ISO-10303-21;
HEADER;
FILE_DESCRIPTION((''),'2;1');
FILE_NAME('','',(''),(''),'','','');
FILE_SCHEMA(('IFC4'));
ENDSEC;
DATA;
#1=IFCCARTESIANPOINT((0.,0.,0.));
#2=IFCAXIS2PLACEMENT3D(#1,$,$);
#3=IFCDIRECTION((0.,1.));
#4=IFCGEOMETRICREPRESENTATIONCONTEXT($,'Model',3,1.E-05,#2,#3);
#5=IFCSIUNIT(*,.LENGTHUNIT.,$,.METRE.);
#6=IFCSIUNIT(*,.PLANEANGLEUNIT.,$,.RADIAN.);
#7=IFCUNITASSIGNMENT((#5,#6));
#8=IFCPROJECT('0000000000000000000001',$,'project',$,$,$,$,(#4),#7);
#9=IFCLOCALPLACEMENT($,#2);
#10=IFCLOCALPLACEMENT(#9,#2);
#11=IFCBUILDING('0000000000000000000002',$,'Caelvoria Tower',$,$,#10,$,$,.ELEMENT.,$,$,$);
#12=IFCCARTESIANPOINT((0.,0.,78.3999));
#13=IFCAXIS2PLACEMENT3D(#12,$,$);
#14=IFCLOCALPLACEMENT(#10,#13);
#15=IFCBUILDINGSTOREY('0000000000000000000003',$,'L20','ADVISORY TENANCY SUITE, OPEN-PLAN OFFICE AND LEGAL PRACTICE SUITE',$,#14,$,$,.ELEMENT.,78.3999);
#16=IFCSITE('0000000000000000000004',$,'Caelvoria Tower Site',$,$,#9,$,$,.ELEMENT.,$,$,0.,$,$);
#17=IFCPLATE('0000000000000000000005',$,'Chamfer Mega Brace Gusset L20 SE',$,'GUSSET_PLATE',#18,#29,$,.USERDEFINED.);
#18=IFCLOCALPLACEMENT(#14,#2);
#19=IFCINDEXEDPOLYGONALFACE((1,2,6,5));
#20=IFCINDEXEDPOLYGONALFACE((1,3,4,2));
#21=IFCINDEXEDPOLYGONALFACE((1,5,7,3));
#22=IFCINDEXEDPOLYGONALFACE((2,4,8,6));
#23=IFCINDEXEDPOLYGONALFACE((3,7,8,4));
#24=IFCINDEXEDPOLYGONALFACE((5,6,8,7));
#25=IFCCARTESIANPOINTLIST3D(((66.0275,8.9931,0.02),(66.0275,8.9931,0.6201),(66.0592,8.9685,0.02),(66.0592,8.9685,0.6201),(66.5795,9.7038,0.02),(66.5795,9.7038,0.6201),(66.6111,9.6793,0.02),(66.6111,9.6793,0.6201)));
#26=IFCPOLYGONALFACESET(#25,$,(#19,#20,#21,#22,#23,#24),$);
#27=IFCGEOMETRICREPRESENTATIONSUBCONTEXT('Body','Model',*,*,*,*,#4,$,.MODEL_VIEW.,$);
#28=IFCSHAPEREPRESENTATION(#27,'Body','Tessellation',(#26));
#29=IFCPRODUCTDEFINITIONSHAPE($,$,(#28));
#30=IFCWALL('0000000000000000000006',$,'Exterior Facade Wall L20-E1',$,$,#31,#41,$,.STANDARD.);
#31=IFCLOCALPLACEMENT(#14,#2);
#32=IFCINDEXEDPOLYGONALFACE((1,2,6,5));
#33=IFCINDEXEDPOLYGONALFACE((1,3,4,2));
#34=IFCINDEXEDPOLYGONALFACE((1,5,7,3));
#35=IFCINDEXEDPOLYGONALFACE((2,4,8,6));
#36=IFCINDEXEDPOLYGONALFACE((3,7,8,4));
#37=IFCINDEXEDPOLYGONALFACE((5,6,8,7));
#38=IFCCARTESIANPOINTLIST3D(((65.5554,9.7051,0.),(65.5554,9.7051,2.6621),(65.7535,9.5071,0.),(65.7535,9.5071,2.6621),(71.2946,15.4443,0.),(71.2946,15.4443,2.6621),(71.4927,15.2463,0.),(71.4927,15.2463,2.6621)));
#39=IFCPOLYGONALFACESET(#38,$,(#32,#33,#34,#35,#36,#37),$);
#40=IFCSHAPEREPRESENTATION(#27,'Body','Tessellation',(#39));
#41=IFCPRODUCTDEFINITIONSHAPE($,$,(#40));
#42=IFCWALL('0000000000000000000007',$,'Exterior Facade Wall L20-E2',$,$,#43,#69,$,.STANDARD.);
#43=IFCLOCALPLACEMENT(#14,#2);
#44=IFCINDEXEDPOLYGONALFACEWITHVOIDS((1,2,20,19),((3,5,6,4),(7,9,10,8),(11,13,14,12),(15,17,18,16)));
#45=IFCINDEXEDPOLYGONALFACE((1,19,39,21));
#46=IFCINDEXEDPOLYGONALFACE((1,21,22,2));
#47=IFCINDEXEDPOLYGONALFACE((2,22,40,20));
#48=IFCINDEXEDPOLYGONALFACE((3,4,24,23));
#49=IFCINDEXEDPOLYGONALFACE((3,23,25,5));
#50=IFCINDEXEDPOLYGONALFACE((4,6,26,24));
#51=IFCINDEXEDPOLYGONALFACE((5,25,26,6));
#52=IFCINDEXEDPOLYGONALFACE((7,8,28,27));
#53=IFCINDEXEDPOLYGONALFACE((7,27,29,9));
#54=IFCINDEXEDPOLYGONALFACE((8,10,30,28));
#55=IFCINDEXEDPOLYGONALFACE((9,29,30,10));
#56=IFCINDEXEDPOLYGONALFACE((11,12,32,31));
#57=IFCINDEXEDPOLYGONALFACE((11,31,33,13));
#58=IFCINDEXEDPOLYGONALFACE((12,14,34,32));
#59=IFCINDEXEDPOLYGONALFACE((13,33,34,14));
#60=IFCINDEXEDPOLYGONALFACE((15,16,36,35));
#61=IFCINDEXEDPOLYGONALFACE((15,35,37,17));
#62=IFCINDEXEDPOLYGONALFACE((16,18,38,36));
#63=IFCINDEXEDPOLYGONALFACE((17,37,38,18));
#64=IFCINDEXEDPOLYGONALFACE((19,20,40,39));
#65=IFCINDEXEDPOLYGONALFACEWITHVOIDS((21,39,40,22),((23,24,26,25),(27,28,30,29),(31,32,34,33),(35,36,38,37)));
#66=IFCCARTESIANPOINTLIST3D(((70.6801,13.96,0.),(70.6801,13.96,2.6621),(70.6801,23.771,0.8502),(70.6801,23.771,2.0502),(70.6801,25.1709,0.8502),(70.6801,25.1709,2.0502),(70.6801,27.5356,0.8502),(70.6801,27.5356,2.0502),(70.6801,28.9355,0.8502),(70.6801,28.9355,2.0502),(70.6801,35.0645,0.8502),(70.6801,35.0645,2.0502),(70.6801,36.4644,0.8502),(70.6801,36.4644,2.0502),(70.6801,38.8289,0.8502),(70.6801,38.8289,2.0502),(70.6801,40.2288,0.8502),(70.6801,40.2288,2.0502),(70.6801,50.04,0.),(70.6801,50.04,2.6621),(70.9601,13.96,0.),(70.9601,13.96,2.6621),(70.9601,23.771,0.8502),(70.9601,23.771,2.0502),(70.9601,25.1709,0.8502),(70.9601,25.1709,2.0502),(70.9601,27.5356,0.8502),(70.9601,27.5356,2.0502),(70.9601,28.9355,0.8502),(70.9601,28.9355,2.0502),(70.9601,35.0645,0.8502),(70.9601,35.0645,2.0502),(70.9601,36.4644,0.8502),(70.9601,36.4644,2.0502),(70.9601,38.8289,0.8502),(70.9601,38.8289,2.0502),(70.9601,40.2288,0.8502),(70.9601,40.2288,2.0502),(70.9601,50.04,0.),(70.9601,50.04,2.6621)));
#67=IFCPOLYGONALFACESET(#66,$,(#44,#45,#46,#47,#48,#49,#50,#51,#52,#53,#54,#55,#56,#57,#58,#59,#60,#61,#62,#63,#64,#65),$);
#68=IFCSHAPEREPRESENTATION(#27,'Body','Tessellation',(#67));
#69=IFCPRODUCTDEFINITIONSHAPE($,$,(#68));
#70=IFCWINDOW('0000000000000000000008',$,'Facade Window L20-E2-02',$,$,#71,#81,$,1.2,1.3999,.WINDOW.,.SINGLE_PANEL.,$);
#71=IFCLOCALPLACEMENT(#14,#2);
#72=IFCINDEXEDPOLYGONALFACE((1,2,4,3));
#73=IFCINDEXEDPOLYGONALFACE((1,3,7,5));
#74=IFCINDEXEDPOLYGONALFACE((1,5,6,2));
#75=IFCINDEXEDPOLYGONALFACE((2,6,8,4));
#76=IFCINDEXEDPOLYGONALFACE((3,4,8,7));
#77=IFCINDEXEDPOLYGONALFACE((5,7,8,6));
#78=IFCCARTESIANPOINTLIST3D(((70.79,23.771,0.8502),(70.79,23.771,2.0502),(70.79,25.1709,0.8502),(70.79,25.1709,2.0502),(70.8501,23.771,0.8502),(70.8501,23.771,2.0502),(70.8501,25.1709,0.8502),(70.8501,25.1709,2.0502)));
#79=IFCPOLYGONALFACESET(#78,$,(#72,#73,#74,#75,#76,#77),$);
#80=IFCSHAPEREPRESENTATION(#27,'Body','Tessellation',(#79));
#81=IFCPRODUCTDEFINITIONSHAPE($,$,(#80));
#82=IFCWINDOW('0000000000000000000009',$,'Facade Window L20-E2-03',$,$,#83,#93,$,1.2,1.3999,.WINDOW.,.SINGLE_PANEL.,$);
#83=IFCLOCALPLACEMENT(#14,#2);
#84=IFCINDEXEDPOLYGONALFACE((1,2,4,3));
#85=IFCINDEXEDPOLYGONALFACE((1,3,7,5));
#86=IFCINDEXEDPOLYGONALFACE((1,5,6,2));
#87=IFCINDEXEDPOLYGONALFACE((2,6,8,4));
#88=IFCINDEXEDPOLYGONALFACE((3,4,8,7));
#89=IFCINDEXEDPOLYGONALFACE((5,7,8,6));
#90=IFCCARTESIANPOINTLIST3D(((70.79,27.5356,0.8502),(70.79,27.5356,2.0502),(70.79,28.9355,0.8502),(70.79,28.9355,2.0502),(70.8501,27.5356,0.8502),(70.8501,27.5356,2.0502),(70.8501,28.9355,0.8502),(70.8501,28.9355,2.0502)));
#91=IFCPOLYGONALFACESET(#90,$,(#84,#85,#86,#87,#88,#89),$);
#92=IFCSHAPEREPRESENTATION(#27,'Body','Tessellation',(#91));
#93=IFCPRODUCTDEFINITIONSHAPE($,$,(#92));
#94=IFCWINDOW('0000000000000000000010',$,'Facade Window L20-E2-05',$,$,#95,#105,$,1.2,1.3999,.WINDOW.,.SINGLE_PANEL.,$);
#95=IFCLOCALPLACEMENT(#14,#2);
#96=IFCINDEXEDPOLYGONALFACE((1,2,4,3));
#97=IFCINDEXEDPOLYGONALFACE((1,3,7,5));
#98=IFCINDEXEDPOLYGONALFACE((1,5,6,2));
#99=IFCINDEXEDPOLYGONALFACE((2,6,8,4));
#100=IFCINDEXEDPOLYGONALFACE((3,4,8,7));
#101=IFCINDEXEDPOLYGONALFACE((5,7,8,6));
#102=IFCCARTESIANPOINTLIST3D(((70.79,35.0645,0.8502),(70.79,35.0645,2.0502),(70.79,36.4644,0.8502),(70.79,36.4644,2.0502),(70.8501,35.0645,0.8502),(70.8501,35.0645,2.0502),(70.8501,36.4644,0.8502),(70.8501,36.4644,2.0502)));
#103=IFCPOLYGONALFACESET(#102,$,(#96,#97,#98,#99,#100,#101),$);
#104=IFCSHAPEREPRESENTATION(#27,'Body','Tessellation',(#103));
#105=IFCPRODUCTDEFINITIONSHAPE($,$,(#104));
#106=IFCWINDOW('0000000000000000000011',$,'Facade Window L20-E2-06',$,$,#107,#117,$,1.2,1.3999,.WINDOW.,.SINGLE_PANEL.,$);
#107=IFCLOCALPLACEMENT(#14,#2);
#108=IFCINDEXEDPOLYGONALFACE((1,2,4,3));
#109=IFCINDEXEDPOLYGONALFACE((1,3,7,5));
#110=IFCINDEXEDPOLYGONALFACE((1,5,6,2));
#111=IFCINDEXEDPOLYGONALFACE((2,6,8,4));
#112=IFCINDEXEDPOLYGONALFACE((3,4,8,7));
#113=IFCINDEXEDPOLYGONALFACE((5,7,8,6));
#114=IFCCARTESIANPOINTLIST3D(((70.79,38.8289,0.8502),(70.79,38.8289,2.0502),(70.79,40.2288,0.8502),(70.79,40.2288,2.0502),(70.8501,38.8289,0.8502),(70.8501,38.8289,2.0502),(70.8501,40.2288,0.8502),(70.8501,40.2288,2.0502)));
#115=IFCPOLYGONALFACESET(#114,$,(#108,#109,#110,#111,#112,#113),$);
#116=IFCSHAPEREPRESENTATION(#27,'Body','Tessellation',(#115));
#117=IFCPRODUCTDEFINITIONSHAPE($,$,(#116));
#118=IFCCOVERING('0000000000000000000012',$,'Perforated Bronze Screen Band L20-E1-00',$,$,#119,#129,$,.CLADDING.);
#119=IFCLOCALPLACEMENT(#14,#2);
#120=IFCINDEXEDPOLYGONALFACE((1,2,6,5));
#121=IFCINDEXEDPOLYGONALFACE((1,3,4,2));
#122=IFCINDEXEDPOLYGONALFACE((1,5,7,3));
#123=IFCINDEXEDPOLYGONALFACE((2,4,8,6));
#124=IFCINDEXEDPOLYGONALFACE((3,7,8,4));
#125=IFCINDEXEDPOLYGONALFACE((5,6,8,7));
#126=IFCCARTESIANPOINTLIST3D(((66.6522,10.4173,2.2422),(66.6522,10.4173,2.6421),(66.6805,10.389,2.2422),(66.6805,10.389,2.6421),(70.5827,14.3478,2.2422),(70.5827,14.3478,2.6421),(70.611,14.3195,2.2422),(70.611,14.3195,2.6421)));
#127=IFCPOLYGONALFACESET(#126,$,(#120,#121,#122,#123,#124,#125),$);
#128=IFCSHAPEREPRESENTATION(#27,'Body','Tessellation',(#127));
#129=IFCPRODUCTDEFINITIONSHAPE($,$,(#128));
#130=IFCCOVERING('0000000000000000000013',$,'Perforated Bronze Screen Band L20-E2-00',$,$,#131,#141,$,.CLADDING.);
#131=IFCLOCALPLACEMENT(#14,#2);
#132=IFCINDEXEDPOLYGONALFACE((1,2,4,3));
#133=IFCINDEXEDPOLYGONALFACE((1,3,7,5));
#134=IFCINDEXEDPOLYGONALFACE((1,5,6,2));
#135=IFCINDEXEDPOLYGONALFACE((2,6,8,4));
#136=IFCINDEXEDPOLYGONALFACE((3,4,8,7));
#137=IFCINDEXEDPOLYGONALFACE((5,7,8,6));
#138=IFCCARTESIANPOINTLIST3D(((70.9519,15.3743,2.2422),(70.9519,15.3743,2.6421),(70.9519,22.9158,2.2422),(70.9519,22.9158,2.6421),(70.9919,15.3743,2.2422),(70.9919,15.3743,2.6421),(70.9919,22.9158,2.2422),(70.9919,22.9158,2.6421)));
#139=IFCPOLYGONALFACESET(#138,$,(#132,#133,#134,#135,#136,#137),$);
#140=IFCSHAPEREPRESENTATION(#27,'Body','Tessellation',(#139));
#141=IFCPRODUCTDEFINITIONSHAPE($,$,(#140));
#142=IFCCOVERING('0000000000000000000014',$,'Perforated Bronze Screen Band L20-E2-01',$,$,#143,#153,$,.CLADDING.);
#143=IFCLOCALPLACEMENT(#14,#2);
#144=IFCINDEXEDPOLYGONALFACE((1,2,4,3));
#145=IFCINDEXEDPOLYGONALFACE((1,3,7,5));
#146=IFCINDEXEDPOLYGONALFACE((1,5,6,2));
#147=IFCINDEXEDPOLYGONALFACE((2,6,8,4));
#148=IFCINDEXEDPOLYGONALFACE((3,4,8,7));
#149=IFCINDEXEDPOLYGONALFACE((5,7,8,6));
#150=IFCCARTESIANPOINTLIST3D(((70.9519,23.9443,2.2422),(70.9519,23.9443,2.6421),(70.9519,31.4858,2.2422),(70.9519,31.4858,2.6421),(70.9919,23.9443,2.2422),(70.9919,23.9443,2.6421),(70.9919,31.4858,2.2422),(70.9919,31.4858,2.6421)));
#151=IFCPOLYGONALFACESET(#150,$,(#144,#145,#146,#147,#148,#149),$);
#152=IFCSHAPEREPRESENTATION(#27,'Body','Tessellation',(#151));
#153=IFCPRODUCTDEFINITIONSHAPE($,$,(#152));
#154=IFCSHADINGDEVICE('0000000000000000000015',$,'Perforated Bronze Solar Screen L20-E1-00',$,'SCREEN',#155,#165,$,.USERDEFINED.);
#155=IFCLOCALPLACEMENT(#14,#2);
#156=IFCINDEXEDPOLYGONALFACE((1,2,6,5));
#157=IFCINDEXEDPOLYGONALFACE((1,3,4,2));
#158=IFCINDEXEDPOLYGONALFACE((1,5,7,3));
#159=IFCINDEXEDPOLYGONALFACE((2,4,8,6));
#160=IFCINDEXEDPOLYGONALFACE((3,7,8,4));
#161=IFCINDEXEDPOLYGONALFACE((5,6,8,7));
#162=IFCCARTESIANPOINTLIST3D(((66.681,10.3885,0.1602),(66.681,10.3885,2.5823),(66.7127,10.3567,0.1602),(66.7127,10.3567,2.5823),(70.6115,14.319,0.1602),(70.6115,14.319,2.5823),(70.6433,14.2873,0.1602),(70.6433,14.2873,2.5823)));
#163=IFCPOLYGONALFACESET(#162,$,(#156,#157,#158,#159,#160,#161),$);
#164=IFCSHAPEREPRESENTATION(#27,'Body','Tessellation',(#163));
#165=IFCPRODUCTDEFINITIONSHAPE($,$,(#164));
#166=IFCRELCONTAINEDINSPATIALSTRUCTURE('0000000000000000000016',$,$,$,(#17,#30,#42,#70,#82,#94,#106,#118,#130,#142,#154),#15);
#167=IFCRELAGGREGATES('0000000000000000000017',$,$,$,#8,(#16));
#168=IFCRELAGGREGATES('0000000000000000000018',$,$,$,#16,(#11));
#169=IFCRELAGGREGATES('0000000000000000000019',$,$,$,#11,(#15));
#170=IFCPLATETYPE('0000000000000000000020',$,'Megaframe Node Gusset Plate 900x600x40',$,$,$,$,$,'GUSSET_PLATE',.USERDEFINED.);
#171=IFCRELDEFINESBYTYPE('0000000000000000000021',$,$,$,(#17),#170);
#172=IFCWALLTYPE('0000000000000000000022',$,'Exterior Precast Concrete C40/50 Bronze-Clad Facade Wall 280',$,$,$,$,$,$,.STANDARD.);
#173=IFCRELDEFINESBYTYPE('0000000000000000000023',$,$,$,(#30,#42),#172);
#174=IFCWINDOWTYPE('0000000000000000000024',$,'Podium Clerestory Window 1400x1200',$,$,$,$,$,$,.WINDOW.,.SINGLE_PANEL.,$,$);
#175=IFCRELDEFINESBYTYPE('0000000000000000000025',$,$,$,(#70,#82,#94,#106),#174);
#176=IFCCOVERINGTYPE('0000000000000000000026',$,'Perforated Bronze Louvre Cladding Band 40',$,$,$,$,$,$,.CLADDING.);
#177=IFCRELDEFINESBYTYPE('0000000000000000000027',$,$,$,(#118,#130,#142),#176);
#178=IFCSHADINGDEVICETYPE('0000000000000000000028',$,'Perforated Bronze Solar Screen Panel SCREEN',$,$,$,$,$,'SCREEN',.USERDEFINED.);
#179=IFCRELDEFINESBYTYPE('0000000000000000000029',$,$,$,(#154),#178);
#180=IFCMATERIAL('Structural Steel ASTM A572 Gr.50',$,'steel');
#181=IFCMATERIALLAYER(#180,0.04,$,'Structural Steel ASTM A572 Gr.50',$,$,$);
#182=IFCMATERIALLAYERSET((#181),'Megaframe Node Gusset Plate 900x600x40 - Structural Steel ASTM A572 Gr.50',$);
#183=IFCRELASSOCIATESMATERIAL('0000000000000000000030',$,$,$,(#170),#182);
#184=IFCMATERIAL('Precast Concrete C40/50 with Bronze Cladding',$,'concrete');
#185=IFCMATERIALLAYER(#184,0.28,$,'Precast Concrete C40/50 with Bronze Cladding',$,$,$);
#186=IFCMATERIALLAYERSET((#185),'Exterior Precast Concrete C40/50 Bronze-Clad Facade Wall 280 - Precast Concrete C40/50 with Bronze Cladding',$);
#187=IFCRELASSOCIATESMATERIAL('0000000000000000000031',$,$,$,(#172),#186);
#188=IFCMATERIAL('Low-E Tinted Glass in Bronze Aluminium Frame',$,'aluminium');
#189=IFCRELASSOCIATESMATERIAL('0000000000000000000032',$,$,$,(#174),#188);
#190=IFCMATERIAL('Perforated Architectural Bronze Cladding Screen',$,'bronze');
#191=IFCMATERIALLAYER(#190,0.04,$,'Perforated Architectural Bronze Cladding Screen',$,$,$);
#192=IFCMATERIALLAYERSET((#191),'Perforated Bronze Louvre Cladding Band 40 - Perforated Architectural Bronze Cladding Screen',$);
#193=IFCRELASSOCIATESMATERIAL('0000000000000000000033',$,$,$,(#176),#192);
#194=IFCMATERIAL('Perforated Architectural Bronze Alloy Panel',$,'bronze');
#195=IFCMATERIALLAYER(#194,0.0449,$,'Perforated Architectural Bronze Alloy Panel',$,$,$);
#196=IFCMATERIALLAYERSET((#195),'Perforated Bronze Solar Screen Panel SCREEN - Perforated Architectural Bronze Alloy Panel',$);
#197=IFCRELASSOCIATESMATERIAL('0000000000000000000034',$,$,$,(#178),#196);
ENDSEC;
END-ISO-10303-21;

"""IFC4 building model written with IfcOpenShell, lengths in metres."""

from ifc_helpers import new_model, si_unit, direction, frame, frame_2d, origin, origin_2d, place, context, subcontext, project, spatial, rectangle, extrude, material, layer, layer_set, type_object, element, fill, save


model = new_model("IFC4")

# Units and contexts
model_context = context("Model", 3, precision=1e-05, world=origin(), true_north=direction((0.0, 1.0)))
body_context = subcontext(model_context, "Body", "Model", "MODEL_VIEW")
ifc_project = project(units=[si_unit("LENGTHUNIT", "METRE"), si_unit("PLANEANGLEUNIT", "RADIAN")], contexts=[model_context])

# Site, building, storey
site_placement = place(None, origin())
site = spatial("IfcSite", under=ifc_project, at=site_placement, Name="Caelvoria Tower Site", CompositionType="ELEMENT", RefElevation=0.0)
building_placement = place(site_placement, origin())
building = spatial("IfcBuilding", under=site, at=building_placement, Name="Caelvoria Tower", CompositionType="ELEMENT")
storey_placement = place(building_placement, frame((0.0, 0.0, 78.3999)))
storey = spatial("IfcBuildingStorey", under=building, at=storey_placement, Name="L20", Description="ADVISORY TENANCY SUITE, OPEN-PLAN OFFICE AND LEGAL PRACTICE SUITE", CompositionType="ELEMENT", Elevation=78.3999)

# Shared definitions
ifc_material_1 = material(Name="Structural Steel ASTM A572 Gr.50", Category="steel")

# Plate
ifc_layer_1 = layer(ifc_material_1, 0.04, Name="Structural Steel ASTM A572 Gr.50")
ifc_layer_set_1 = layer_set([ifc_layer_1], Name="Megaframe Node Gusset Plate 900x600x40 - Structural Steel ASTM A572 Gr.50")
plate_type = type_object("IfcPlateType", Name="Megaframe Node Gusset Plate 900x600x40", ElementType="GUSSET_PLATE", PredefinedType="USERDEFINED", material=ifc_layer_set_1)
plate_placement = place(storey_placement, frame((66.3193, 9.3362, 0.02), z_axis=(0.0, 0.0, 1.0), x_axis=(0.613381, 0.789787, 0.0)))
element("IfcPlate", 1, at=plate_placement, inside=storey, type_object=plate_type, Name="Chamfer Mega Brace Gusset L20 SE", ObjectType="GUSSET_PLATE", PredefinedType="USERDEFINED", context=body_context, shape_type="SweptSolid", body=[
    extrude(rectangle(XDim=0.8999, YDim=0.04, at=origin_2d()), origin(), (0.0, 0.0, 1.0), 0.6001),
])

# Wall
ifc_material_2 = material(Name="Precast Concrete C40/50 with Bronze Cladding", Category="concrete")
ifc_layer_2 = layer(ifc_material_2, 0.28, Name="Precast Concrete C40/50 with Bronze Cladding")
ifc_layer_set_2 = layer_set([ifc_layer_2], Name="Exterior Precast Concrete C40/50 Bronze-Clad Facade Wall 280 - Precast Concrete C40/50 with Bronze Cladding")
wall_type = type_object("IfcWallType", Name="Exterior Precast Concrete C40/50 Bronze-Clad Facade Wall 280", PredefinedType="STANDARD", material=ifc_layer_set_2)
wall_1_placement = place(storey_placement, frame((65.6545, 9.6062, 0.0), z_axis=(0.0, 0.0, 1.0), x_axis=(0.707107, 0.707107, 0.0)))
element("IfcWall", 2, at=wall_1_placement, inside=storey, type_object=wall_type, Name="Exterior Facade Wall L20-E1", PredefinedType="STANDARD", context=body_context, shape_type="SweptSolid", body=[
    extrude(rectangle(XDim=8.1165, YDim=0.28, at=frame_2d((4.0581, 0.0))), origin(), (0.0, 0.0, 1.0), 2.6621),
])

# Wall, openings, windows
wall_2_placement = place(storey_placement, frame((70.8201, 13.96, 0.0), z_axis=(0.0, 0.0, 1.0), x_axis=(0.0, 1.0, 0.0)))
wall_2 = element("IfcWall", 3, at=wall_2_placement, inside=storey, type_object=wall_type, Name="Exterior Facade Wall L20-E2", PredefinedType="STANDARD", context=body_context, shape_type="SweptSolid", body=[
    extrude(rectangle(XDim=36.0801, YDim=0.28, at=frame_2d((18.04, 0.0))), origin(), (0.0, 0.0, 1.0), 2.6621),
])
opening_1_placement = place(wall_2_placement, frame((9.811, 0.0, 0.8501)))
opening_1 = element("IfcOpeningElement", 4, at=opening_1_placement, cuts=wall_2, PredefinedType="OPENING", context=body_context, shape_type="SweptSolid", body=[
    extrude(rectangle(XDim=1.3999, YDim=1.2, at=frame_2d((0.7, 0.6001))), frame((0.0, 0.1499, 0.0), z_axis=(0.0, -1.0, 0.0), x_axis=(1.0, 0.0, 0.0)), (0.0, 0.0, 1.0), 0.3),
])
opening_2_placement = place(wall_2_placement, frame((13.5757, 0.0, 0.8501)))
opening_2 = element("IfcOpeningElement", 5, at=opening_2_placement, cuts=wall_2, PredefinedType="OPENING", context=body_context, shape_type="SweptSolid", body=[
    extrude(rectangle(XDim=1.3999, YDim=1.2, at=frame_2d((0.7, 0.6001))), frame((0.0, 0.1499, 0.0), z_axis=(0.0, -1.0, 0.0), x_axis=(1.0, 0.0, 0.0)), (0.0, 0.0, 1.0), 0.3),
])
opening_3_placement = place(wall_2_placement, frame((21.1045, 0.0, 0.8501)))
opening_3 = element("IfcOpeningElement", 6, at=opening_3_placement, cuts=wall_2, PredefinedType="OPENING", context=body_context, shape_type="SweptSolid", body=[
    extrude(rectangle(XDim=1.3999, YDim=1.2, at=frame_2d((0.7, 0.6001))), frame((0.0, 0.1499, 0.0), z_axis=(0.0, -1.0, 0.0), x_axis=(1.0, 0.0, 0.0)), (0.0, 0.0, 1.0), 0.3),
])
opening_4_placement = place(wall_2_placement, frame((24.8689, 0.0, 0.8501)))
opening_4 = element("IfcOpeningElement", 7, at=opening_4_placement, cuts=wall_2, PredefinedType="OPENING", context=body_context, shape_type="SweptSolid", body=[
    extrude(rectangle(XDim=1.3999, YDim=1.2, at=frame_2d((0.7, 0.6001))), frame((0.0, 0.1499, 0.0), z_axis=(0.0, -1.0, 0.0), x_axis=(1.0, 0.0, 0.0)), (0.0, 0.0, 1.0), 0.3),
])
ifc_material_3 = material(Name="Low-E Tinted Glass in Bronze Aluminium Frame", Category="aluminium")
window_type = type_object("IfcWindowType", Name="Podium Clerestory Window 1400x1200", PartitioningType="SINGLE_PANEL", PredefinedType="WINDOW", material=ifc_material_3)
window_1_placement = place(opening_1_placement, origin())
window_1 = element("IfcWindow", 8, at=window_1_placement, inside=storey, type_object=window_type, Name="Facade Window L20-E2-02", OverallHeight=1.2, OverallWidth=1.3999, PartitioningType="SINGLE_PANEL", PredefinedType="WINDOW", context=body_context, shape_type="SweptSolid", body=[
    extrude(rectangle(XDim=1.3999, YDim=1.2, at=frame_2d((0.7, 0.6001))), frame((0.0, 0.03, 0.0), z_axis=(0.0, -1.0, 0.0), x_axis=(1.0, 0.0, 0.0)), (0.0, 0.0, 1.0), 0.0601),
])
fill(opening_1, window_1)
window_2_placement = place(opening_2_placement, origin())
window_2 = element("IfcWindow", 9, at=window_2_placement, inside=storey, type_object=window_type, Name="Facade Window L20-E2-03", OverallHeight=1.2, OverallWidth=1.3999, PartitioningType="SINGLE_PANEL", PredefinedType="WINDOW", context=body_context, shape_type="SweptSolid", body=[
    extrude(rectangle(XDim=1.3999, YDim=1.2, at=frame_2d((0.7, 0.6001))), frame((0.0, 0.03, 0.0), z_axis=(0.0, -1.0, 0.0), x_axis=(1.0, 0.0, 0.0)), (0.0, 0.0, 1.0), 0.0601),
])
fill(opening_2, window_2)
window_3_placement = place(opening_3_placement, origin())
window_3 = element("IfcWindow", 10, at=window_3_placement, inside=storey, type_object=window_type, Name="Facade Window L20-E2-05", OverallHeight=1.2, OverallWidth=1.3999, PartitioningType="SINGLE_PANEL", PredefinedType="WINDOW", context=body_context, shape_type="SweptSolid", body=[
    extrude(rectangle(XDim=1.3999, YDim=1.2, at=frame_2d((0.7, 0.6001))), frame((0.0, 0.03, 0.0), z_axis=(0.0, -1.0, 0.0), x_axis=(1.0, 0.0, 0.0)), (0.0, 0.0, 1.0), 0.0601),
])
fill(opening_3, window_3)
window_4_placement = place(opening_4_placement, origin())
window_4 = element("IfcWindow", 11, at=window_4_placement, inside=storey, type_object=window_type, Name="Facade Window L20-E2-06", OverallHeight=1.2, OverallWidth=1.3999, PartitioningType="SINGLE_PANEL", PredefinedType="WINDOW", context=body_context, shape_type="SweptSolid", body=[
    extrude(rectangle(XDim=1.3999, YDim=1.2, at=frame_2d((0.7, 0.6001))), frame((0.0, 0.03, 0.0), z_axis=(0.0, -1.0, 0.0), x_axis=(1.0, 0.0, 0.0)), (0.0, 0.0, 1.0), 0.0601),
])
fill(opening_4, window_4)

# Coverings
ifc_material_4 = material(Name="Perforated Architectural Bronze Cladding Screen", Category="bronze")
ifc_layer_3 = layer(ifc_material_4, 0.04, Name="Perforated Architectural Bronze Cladding Screen")
ifc_layer_set_3 = layer_set([ifc_layer_3], Name="Perforated Bronze Louvre Cladding Band 40 - Perforated Architectural Bronze Cladding Screen")
covering_type = type_object("IfcCoveringType", Name="Perforated Bronze Louvre Cladding Band 40", PredefinedType="CLADDING", material=ifc_layer_set_3)
covering_placement = place(storey_placement, frame((68.6316, 12.3684, 2.2422), z_axis=(0.0, 0.0, 1.0), x_axis=(0.707107, 0.707107, 0.0)))
element("IfcCovering", 12, at=covering_placement, inside=storey, type_object=covering_type, Name="Perforated Bronze Screen Band L20-E1-00", PredefinedType="CLADDING", context=body_context, shape_type="SweptSolid", body=[
    extrude(rectangle(XDim=5.5586, YDim=0.04, at=origin_2d()), origin(), (0.0, 0.0, 1.0), 0.3999),
])
for number, where, z_axis, x_axis, name in (
    (13, (70.9719, 19.145, 2.2422), (0.0, 0.0, 1.0), (0.0, 1.0, 0.0), "Perforated Bronze Screen Band L20-E2-00"),
    (14, (70.9719, 27.7151, 2.2422), (0.0, 0.0, 1.0), (0.0, 1.0, 0.0), "Perforated Bronze Screen Band L20-E2-01"),
):
    element("IfcCovering", number, at=place(storey_placement, frame(where, z_axis=z_axis, x_axis=x_axis)), inside=storey, type_object=covering_type, Name=name, PredefinedType="CLADDING", context=body_context, shape_type="SweptSolid", body=[
        extrude(rectangle(XDim=7.5415, YDim=0.04, at=origin_2d()), origin(), (0.0, 0.0, 1.0), 0.3999),
    ])

# Shading device
ifc_material_5 = material(Name="Perforated Architectural Bronze Alloy Panel", Category="bronze")
ifc_layer_4 = layer(ifc_material_5, 0.0449, Name="Perforated Architectural Bronze Alloy Panel")
ifc_layer_set_4 = layer_set([ifc_layer_4], Name="Perforated Bronze Solar Screen Panel SCREEN - Perforated Architectural Bronze Alloy Panel")
shading_device_type = type_object("IfcShadingDeviceType", Name="Perforated Bronze Solar Screen Panel SCREEN", ElementType="SCREEN", PredefinedType="USERDEFINED", material=ifc_layer_set_4)
shading_device_placement = place(storey_placement, frame((68.6621, 12.3379, 0.1602), z_axis=(0.0, 0.0, 1.0), x_axis=(0.707107, 0.707107, 0.0)))
element("IfcShadingDevice", 15, at=shading_device_placement, inside=storey, type_object=shading_device_type, Name="Perforated Bronze Solar Screen L20-E1-00", ObjectType="SCREEN", PredefinedType="USERDEFINED", context=body_context, shape_type="SweptSolid", body=[
    extrude(rectangle(XDim=5.5586, YDim=0.0449, at=origin_2d()), origin(), (0.0, 0.0, 1.0), 2.4221),
])

save(model, "model.ifc")
